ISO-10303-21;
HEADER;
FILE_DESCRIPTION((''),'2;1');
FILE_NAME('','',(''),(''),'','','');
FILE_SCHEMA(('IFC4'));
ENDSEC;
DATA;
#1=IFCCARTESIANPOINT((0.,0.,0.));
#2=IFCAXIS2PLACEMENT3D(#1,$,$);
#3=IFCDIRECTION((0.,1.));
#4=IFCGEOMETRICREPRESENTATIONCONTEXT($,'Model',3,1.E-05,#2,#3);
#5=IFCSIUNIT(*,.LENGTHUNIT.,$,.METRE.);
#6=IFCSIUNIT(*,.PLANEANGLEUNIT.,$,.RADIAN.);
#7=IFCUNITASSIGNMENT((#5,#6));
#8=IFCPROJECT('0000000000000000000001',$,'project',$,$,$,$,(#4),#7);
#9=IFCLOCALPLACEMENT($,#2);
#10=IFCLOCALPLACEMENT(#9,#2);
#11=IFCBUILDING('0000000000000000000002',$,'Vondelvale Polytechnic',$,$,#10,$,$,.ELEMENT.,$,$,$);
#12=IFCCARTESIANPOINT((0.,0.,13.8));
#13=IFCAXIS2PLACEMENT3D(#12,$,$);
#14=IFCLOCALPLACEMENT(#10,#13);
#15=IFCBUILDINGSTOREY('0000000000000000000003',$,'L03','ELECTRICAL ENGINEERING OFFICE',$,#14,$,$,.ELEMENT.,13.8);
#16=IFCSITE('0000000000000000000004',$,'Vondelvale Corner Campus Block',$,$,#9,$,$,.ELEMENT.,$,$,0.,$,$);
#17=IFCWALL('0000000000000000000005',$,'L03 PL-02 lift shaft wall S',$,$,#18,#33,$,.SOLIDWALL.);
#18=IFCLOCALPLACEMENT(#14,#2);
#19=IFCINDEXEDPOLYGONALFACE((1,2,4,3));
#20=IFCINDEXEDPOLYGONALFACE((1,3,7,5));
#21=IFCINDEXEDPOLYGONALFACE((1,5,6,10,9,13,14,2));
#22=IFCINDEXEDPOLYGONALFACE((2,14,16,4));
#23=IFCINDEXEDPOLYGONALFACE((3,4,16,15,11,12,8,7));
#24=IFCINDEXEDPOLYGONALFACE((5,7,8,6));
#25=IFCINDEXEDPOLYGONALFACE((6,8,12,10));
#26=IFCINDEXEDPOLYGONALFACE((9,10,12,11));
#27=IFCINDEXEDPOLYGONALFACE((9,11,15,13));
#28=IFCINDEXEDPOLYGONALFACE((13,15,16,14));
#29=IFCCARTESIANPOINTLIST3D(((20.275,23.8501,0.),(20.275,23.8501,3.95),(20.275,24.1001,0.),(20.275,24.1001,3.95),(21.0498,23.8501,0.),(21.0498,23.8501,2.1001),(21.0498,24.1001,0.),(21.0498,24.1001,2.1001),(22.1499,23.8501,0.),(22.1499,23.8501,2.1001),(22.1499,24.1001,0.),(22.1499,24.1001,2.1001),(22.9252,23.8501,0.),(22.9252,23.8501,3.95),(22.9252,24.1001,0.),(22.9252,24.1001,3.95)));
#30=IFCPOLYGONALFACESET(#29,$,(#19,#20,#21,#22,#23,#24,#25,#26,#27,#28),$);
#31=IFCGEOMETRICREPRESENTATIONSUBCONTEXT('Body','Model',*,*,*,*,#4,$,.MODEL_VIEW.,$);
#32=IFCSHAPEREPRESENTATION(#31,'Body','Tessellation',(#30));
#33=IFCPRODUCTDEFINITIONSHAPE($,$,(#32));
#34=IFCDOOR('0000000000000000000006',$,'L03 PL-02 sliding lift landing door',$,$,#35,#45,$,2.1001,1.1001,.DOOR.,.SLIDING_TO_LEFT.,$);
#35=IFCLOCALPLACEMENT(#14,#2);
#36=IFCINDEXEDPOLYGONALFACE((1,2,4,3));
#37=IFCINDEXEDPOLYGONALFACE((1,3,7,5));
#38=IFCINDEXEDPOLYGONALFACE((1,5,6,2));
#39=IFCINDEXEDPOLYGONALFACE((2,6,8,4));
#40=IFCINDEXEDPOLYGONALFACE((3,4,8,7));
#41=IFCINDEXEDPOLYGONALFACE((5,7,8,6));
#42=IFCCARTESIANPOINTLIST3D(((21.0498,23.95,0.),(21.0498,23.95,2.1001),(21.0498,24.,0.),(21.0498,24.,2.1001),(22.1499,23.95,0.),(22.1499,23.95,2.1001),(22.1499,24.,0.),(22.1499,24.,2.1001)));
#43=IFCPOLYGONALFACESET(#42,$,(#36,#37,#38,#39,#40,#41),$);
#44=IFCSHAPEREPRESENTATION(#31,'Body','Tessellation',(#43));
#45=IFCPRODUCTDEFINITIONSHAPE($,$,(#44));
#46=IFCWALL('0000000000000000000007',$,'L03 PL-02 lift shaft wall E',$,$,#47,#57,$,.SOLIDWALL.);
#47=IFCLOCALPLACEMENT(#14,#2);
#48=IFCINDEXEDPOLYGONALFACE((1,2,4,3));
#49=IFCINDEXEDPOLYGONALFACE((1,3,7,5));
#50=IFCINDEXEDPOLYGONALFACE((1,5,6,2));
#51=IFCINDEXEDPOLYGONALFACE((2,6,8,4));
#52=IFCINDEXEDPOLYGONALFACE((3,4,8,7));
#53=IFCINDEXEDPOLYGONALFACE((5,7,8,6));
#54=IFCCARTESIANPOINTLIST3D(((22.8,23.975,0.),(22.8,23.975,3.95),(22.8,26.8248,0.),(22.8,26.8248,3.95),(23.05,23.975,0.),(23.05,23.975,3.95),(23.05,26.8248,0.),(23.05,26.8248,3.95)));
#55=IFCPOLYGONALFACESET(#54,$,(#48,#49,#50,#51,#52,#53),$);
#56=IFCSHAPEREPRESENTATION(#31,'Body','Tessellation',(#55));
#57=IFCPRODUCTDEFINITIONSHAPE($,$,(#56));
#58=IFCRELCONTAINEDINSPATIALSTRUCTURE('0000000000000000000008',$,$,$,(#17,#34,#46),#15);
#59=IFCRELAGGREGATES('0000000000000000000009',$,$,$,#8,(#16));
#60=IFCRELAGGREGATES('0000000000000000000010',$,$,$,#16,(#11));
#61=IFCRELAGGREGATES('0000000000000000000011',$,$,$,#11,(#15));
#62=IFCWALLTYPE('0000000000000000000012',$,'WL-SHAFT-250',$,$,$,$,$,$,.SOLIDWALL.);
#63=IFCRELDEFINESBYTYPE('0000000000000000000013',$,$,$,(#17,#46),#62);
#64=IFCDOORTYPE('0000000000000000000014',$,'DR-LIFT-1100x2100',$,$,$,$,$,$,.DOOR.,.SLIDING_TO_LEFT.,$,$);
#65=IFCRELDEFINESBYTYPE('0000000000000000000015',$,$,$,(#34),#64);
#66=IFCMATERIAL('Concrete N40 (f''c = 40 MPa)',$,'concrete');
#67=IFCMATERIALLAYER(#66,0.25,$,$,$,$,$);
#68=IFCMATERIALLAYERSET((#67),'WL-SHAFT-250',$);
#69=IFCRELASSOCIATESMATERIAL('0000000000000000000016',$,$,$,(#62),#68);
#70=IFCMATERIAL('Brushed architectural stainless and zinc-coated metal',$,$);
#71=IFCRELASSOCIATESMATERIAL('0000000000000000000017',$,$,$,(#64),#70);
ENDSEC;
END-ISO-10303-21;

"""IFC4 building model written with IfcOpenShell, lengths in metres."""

from ifc_helpers import new_model, si_unit, direction, frame, frame_2d, origin, place, context, subcontext, project, spatial, rectangle, extrude, material, layer, layer_set, type_object, element, fill, save


model = new_model("IFC4")

# Units and contexts
model_context = context("Model", 3, precision=1e-05, world=origin(), true_north=direction((0.0, 1.0)))
body_context = subcontext(model_context, "Body", "Model", "MODEL_VIEW")
ifc_project = project(units=[si_unit("LENGTHUNIT", "METRE"), si_unit("PLANEANGLEUNIT", "RADIAN")], contexts=[model_context])

# Site, building, storey
site_placement = place(None, origin())
site = spatial("IfcSite", under=ifc_project, at=site_placement, Name="Vondelvale Corner Campus Block", CompositionType="ELEMENT", RefElevation=0.0)
building_placement = place(site_placement, origin())
building = spatial("IfcBuilding", under=site, at=building_placement, Name="Vondelvale Polytechnic", CompositionType="ELEMENT")
storey_placement = place(building_placement, frame((0.0, 0.0, 13.8)))
storey = spatial("IfcBuildingStorey", under=building, at=storey_placement, Name="L03", Description="ELECTRICAL ENGINEERING OFFICE", CompositionType="ELEMENT", Elevation=13.8)

# Shared definitions
ifc_material_1 = material(Name="Concrete N40 (f'c = 40 MPa)", Category="concrete")

# Shared definitions
ifc_layer_1 = layer(ifc_material_1, 0.25)
ifc_layer_set_1 = layer_set([ifc_layer_1], Name="WL-SHAFT-250")
wall_type_1 = type_object("IfcWallType", Name="WL-SHAFT-250", PredefinedType="SOLIDWALL", material=ifc_layer_set_1)
ifc_material_2 = material(Name="Brushed architectural stainless and zinc-coated metal")
door_type_1 = type_object("IfcDoorType", Name="DR-LIFT-1100x2100", OperationType="SLIDING_TO_LEFT", PredefinedType="DOOR", material=ifc_material_2)

# Wall, opening, door
wall_1_placement = place(storey_placement, frame((20.2749, 23.9751, 0.0), z_axis=(0.0, 0.0, 1.0), x_axis=(1.0, 0.0, 0.0)))
wall_1 = element("IfcWall", 1, at=wall_1_placement, inside=storey, type_object=wall_type_1, Name="L03 PL-02 lift shaft wall S", PredefinedType="SOLIDWALL", context=body_context, shape_type="SweptSolid", body=[
    extrude(rectangle(XDim=2.6501, YDim=0.25, at=frame_2d((1.3252, 0.0))), origin(), (0.0, 0.0, 1.0), 3.95),
])
opening_1_placement = place(wall_1_placement, frame((0.7749, 0.0, 0.0)))
opening_1 = element("IfcOpeningElement", 2, at=opening_1_placement, cuts=wall_1, PredefinedType="OPENING", context=body_context, shape_type="SweptSolid", body=[
    extrude(rectangle(XDim=1.1001, YDim=2.1001, at=frame_2d((0.55, 1.05))), frame((0.0, 0.135, 0.0), z_axis=(0.0, -1.0, 0.0), x_axis=(1.0, 0.0, 0.0)), (0.0, 0.0, 1.0), 0.27),
])
door_1_placement = place(opening_1_placement, origin())
door_1 = element("IfcDoor", 3, at=door_1_placement, inside=storey, type_object=door_type_1, Name="L03 PL-02 sliding lift landing door", OperationType="SLIDING_TO_LEFT", OverallHeight=2.1001, OverallWidth=1.1001, PredefinedType="DOOR", context=body_context, shape_type="SweptSolid", body=[
    extrude(rectangle(XDim=1.1001, YDim=2.1001, at=frame_2d((0.55, 1.05))), frame((0.0, 0.0249, 0.0), z_axis=(0.0, -1.0, 0.0), x_axis=(1.0, 0.0, 0.0)), (0.0, 0.0, 1.0), 0.05),
])
fill(opening_1, door_1)

# Wall
wall_2_placement = place(storey_placement, frame((22.925, 23.9751, 0.0), z_axis=(0.0, 0.0, 1.0), x_axis=(0.0, 1.0, 0.0)))
element("IfcWall", 4, at=wall_2_placement, inside=storey, type_object=wall_type_1, Name="L03 PL-02 lift shaft wall E", PredefinedType="SOLIDWALL", context=body_context, shape_type="SweptSolid", body=[
    extrude(rectangle(XDim=2.8499, YDim=0.25, at=frame_2d((1.4248, 0.0))), origin(), (0.0, 0.0, 1.0), 3.95),
])

save(model, "model.ifc")
